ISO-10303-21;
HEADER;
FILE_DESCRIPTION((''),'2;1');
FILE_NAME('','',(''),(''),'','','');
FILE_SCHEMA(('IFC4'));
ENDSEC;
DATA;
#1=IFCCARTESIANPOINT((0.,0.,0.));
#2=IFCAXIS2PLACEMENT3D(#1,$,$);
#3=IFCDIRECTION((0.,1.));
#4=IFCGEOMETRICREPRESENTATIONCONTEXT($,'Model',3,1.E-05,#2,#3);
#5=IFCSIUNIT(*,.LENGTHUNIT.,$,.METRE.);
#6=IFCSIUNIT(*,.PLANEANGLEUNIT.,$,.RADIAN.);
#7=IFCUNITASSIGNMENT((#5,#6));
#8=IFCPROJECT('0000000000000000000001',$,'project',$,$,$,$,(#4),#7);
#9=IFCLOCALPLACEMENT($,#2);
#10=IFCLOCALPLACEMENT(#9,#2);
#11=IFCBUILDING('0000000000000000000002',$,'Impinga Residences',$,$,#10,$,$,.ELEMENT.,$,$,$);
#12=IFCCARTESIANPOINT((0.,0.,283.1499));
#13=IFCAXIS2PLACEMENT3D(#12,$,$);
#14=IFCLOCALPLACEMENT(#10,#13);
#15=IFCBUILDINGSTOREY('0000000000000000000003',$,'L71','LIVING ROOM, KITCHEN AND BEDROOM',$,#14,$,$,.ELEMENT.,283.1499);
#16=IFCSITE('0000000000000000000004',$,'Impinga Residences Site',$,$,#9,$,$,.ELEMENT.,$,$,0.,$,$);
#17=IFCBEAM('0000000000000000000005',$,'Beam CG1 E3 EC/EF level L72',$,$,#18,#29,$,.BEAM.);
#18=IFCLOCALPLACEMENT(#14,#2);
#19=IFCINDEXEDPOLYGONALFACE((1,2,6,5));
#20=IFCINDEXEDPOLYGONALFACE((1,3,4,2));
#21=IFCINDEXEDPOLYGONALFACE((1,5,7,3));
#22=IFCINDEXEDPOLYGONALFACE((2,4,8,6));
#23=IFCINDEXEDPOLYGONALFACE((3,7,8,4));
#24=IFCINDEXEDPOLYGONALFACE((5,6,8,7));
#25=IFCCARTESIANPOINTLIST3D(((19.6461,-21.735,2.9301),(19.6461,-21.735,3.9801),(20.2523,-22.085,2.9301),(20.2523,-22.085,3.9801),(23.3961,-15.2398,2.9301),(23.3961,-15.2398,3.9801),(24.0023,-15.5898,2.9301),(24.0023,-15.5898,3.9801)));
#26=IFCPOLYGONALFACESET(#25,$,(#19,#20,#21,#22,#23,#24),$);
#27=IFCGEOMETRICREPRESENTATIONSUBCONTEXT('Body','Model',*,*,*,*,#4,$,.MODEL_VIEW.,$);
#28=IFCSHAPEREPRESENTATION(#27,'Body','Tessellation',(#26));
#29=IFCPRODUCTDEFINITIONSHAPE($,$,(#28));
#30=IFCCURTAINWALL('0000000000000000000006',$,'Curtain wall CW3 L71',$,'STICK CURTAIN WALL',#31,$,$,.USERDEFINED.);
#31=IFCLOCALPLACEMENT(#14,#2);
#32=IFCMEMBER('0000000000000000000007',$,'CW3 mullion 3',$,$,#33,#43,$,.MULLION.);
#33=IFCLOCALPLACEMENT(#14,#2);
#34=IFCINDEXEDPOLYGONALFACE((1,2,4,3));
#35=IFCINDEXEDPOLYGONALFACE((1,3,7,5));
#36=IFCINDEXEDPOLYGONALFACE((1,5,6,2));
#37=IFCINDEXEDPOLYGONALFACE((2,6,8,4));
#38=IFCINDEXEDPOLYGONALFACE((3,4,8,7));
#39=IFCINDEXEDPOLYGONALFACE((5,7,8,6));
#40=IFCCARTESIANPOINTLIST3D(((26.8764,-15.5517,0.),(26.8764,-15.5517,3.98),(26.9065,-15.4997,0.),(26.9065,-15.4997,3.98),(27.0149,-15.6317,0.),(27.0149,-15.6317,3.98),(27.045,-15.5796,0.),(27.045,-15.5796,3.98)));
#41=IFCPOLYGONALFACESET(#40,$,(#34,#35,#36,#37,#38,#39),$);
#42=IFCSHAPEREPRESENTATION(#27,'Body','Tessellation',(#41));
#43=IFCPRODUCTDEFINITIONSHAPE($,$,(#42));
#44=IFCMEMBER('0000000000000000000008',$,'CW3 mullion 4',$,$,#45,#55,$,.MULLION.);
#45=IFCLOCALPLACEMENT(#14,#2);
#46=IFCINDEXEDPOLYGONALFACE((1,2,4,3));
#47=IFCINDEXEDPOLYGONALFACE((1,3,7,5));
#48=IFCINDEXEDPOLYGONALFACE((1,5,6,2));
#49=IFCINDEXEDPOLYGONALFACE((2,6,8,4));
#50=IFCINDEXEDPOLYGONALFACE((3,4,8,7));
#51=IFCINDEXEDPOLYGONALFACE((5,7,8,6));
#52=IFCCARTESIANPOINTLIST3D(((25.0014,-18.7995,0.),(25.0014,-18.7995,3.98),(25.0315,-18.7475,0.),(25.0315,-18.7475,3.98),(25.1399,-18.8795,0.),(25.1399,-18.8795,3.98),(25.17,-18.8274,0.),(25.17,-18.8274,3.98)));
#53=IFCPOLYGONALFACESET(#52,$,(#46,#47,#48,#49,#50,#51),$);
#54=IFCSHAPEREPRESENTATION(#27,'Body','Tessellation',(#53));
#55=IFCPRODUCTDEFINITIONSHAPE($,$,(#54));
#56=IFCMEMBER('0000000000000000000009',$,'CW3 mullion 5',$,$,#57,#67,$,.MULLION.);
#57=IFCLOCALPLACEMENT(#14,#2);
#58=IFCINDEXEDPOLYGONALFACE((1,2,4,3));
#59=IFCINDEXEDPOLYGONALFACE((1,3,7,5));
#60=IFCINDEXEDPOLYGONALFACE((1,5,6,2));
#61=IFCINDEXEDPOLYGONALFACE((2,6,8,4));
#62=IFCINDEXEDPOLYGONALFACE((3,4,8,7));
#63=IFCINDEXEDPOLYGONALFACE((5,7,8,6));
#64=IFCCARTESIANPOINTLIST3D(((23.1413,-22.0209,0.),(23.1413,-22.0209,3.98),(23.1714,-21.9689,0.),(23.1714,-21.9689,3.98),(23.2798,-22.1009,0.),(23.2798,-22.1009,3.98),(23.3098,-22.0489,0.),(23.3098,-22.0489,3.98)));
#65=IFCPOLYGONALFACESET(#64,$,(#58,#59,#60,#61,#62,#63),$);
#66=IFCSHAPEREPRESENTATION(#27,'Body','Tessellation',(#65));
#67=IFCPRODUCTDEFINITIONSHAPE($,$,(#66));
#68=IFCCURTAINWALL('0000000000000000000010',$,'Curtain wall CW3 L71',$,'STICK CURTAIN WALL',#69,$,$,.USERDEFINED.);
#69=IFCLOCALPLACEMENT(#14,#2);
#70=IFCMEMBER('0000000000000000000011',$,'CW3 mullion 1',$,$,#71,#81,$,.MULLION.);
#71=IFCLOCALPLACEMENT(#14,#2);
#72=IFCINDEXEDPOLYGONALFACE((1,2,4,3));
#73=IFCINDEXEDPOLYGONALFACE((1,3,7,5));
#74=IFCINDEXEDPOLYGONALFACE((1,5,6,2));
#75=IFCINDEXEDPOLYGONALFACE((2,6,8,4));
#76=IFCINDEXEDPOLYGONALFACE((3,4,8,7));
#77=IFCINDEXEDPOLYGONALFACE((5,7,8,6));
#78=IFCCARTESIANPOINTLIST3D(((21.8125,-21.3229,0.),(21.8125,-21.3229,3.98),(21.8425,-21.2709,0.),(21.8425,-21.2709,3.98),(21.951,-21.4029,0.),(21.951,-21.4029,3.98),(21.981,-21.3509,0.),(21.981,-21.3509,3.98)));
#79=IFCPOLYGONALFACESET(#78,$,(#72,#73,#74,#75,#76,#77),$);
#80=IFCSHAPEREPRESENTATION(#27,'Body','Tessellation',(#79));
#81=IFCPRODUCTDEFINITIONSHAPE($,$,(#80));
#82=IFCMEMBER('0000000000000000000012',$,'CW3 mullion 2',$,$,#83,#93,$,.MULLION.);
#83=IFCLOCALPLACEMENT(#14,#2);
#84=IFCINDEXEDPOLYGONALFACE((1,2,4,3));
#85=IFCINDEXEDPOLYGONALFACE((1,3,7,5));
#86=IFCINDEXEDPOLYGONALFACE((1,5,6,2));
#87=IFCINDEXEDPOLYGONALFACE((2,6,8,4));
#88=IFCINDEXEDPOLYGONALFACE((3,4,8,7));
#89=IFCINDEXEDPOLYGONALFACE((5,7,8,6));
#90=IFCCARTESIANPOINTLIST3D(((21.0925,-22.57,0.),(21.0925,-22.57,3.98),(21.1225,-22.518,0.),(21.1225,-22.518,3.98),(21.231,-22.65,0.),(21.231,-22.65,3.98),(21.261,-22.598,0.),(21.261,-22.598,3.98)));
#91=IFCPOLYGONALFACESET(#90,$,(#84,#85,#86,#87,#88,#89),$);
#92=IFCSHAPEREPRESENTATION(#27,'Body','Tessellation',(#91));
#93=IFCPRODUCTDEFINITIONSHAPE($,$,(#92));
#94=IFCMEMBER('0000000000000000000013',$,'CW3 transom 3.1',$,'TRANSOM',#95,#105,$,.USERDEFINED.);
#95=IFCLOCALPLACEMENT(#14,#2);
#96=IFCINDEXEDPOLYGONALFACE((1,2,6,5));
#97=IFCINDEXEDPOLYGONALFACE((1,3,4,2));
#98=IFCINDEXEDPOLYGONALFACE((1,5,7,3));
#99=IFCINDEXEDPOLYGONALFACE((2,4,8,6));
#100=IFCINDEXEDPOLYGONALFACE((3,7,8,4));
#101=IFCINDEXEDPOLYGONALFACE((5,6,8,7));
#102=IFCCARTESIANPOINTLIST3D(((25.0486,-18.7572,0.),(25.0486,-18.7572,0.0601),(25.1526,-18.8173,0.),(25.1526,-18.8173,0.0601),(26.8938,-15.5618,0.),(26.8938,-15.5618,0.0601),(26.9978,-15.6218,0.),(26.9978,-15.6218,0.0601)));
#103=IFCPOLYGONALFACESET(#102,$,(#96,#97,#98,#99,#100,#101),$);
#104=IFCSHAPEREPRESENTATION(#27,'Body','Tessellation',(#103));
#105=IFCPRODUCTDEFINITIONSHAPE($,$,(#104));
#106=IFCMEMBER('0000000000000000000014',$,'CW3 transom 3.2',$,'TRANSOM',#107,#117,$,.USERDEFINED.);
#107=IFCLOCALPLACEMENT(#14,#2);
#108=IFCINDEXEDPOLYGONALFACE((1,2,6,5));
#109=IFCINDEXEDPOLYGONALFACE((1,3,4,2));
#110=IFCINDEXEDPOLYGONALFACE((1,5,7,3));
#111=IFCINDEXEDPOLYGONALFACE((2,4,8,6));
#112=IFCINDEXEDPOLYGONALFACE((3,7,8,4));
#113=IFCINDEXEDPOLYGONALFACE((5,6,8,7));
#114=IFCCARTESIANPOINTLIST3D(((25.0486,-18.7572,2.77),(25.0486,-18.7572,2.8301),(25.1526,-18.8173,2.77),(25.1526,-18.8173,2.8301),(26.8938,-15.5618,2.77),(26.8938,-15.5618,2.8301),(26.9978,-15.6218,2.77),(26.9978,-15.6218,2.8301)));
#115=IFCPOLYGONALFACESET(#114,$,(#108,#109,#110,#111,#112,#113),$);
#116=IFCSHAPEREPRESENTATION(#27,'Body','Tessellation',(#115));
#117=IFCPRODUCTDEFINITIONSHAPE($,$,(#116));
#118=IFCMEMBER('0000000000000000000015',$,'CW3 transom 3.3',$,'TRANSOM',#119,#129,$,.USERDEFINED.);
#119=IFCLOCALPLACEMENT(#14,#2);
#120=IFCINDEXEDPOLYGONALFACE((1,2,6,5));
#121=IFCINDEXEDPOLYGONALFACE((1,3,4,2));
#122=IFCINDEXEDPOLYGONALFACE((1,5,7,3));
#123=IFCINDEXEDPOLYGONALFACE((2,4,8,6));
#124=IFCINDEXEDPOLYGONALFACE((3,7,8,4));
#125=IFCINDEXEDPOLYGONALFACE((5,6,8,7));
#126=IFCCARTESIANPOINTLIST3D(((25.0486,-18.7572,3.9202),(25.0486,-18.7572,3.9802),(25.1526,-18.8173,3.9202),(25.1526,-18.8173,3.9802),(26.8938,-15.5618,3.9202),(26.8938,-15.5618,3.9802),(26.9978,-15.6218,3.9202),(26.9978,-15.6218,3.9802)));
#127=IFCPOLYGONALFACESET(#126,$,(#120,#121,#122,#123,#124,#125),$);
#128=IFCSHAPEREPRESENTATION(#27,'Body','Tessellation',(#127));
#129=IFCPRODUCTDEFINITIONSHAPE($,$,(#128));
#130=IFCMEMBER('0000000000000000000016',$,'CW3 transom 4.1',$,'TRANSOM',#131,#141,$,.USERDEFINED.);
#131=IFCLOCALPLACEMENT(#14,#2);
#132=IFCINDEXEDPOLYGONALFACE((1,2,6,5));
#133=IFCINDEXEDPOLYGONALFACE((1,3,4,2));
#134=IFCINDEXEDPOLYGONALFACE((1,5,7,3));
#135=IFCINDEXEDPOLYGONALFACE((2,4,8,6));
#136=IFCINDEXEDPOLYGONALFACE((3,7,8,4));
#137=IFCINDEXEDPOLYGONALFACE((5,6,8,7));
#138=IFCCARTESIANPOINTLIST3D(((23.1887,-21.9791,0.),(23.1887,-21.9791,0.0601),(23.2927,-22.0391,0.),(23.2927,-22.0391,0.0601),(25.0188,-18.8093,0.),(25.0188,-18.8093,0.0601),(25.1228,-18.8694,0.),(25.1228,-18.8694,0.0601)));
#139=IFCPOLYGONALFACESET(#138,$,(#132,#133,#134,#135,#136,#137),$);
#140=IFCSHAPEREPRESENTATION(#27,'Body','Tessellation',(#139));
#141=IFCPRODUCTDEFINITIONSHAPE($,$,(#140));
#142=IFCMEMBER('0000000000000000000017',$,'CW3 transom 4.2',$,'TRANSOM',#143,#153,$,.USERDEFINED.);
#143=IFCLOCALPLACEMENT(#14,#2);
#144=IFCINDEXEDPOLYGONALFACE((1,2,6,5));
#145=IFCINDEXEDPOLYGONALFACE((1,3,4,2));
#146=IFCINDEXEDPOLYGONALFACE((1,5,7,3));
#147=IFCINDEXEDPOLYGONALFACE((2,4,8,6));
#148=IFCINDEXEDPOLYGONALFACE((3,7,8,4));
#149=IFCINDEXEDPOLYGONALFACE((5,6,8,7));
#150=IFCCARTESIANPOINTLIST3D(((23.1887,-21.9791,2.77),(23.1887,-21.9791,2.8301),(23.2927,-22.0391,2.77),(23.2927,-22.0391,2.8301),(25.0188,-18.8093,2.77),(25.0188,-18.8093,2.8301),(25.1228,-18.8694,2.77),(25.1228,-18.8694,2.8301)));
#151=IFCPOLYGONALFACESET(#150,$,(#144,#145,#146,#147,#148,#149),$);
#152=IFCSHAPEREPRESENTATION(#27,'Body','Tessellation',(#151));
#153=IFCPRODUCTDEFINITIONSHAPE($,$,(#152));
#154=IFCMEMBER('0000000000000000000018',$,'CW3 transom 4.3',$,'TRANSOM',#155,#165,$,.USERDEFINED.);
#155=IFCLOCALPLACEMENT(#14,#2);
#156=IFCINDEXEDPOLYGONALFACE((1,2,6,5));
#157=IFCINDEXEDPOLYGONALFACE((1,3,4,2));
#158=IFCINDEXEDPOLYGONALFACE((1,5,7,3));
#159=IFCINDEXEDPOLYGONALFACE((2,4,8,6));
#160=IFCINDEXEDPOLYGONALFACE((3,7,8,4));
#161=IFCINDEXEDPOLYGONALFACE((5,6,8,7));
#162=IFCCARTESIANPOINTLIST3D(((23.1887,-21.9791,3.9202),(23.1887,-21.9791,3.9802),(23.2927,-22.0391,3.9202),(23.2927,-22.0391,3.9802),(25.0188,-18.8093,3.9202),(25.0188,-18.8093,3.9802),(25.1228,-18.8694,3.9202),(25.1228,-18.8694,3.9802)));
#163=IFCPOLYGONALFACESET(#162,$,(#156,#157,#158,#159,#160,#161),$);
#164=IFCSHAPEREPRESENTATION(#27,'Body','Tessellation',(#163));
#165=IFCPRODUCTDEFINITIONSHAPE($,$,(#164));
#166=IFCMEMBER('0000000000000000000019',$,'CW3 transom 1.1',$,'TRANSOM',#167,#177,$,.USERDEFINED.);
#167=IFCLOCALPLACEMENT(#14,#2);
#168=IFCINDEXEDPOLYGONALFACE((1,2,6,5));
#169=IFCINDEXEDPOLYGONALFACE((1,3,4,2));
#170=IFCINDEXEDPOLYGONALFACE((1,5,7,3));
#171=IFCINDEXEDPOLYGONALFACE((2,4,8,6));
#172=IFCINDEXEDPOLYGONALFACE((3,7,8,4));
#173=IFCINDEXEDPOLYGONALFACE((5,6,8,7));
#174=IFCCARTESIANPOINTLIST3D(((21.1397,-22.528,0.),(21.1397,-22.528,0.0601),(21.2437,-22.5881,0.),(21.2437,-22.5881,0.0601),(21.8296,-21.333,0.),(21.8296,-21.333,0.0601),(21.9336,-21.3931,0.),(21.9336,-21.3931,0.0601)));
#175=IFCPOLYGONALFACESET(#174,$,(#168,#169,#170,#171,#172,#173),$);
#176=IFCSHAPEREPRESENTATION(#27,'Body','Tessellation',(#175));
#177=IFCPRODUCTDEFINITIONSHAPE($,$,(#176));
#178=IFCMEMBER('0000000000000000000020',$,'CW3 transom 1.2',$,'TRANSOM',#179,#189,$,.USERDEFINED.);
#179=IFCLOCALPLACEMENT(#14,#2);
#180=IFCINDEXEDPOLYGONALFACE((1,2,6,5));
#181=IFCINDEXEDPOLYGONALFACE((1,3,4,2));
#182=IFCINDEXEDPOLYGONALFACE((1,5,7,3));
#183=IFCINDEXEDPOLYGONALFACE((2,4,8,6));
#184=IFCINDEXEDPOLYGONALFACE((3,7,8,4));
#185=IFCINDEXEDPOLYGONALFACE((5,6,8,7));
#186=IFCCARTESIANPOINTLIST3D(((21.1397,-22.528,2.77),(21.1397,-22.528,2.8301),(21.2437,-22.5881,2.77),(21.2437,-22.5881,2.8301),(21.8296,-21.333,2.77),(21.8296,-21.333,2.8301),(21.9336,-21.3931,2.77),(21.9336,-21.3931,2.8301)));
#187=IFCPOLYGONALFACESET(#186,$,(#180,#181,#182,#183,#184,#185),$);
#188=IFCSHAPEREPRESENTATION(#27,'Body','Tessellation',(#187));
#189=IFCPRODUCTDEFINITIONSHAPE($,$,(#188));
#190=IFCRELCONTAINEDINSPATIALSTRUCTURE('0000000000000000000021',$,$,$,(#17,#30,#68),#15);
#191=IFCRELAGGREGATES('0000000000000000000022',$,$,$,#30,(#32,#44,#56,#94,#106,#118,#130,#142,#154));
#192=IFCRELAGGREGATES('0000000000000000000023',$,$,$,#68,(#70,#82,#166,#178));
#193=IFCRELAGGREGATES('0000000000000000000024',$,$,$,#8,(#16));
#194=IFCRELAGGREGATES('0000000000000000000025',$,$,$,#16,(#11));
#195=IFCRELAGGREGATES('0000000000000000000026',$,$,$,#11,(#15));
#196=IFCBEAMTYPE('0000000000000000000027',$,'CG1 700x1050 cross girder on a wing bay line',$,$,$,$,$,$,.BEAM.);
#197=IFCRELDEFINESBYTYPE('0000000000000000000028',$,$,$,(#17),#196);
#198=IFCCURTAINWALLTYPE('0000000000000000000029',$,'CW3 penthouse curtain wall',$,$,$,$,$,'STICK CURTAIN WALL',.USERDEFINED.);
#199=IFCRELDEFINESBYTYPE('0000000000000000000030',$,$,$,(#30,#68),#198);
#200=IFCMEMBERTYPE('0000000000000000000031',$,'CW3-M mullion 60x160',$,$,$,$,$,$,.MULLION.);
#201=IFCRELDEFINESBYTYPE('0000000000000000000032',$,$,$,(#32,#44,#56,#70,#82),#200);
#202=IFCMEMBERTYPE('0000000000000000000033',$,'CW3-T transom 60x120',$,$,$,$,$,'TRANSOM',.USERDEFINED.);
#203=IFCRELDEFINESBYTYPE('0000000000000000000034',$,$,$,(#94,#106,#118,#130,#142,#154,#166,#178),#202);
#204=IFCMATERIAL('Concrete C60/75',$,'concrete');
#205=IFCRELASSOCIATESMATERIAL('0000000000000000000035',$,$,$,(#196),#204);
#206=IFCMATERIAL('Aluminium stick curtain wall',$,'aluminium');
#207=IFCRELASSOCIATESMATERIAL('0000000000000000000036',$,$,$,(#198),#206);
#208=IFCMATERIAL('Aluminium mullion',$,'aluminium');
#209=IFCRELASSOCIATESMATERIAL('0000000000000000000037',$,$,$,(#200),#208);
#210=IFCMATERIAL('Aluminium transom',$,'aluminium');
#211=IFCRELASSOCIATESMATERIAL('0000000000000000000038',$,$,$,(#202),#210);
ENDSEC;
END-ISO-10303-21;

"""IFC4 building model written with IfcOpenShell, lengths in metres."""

from ifc_helpers import new_model, si_unit, direction, frame, origin, origin_2d, place, context, subcontext, project, spatial, rectangle, extrude, material, material_profile, profile_set, type_object, element, aggregate, save


model = new_model("IFC4")

# Units and contexts
model_context = context("Model", 3, precision=1e-05, world=origin(), true_north=direction((0.0, 1.0)))
body_context = subcontext(model_context, "Body", "Model", "MODEL_VIEW")
ifc_project = project(units=[si_unit("LENGTHUNIT", "METRE"), si_unit("PLANEANGLEUNIT", "RADIAN")], contexts=[model_context])

# Site, building, storey
site_placement = place(None, origin())
site = spatial("IfcSite", under=ifc_project, at=site_placement, Name="Impinga Residences Site", CompositionType="ELEMENT", RefElevation=0.0)
building_placement = place(site_placement, origin())
building = spatial("IfcBuilding", under=site, at=building_placement, Name="Impinga Residences", CompositionType="ELEMENT")
storey_placement = place(building_placement, frame((0.0, 0.0, 283.1499)))
storey = spatial("IfcBuildingStorey", under=building, at=storey_placement, Name="L71", Description="LIVING ROOM, KITCHEN AND BEDROOM", CompositionType="ELEMENT", Elevation=283.1499)

# Beam
ifc_material_1 = material(Name="Concrete C60/75", Category="concrete")
ifc_material_profile_1 = material_profile(ifc_material_1, rectangle(XDim=0.7, YDim=1.05, at=origin_2d()), Name="RC 700x1050")
ifc_profile_set_1 = profile_set([ifc_material_profile_1], Name="Concrete C60/75")
beam_type_1 = type_object("IfcBeamType", Name="CG1 700x1050 cross girder on a wing bay line", PredefinedType="BEAM", material=ifc_profile_set_1)
beam_1_placement = place(storey_placement, frame((23.6992, -15.4148, 3.4551), z_axis=(-0.500004, -0.866023, 0.0), x_axis=(0.866023, -0.500004, 0.0)))
element("IfcBeam", 1, at=beam_1_placement, inside=storey, type_object=beam_type_1, Name="Beam CG1 E3 EC/EF level L72", PredefinedType="BEAM", context=body_context, shape_type="SweptSolid", body=[
    extrude(rectangle(XDim=0.7, YDim=1.05, at=origin_2d()), origin(), (0.0, 0.0, 1.0), 7.5),
])

# Curtain walls, members
ifc_material_2 = material(Name="Aluminium stick curtain wall", Category="aluminium")
curtain_wall_type = type_object("IfcCurtainWallType", Name="CW3 penthouse curtain wall", ElementType="STICK CURTAIN WALL", PredefinedType="USERDEFINED", material=ifc_material_2)
curtain_wall_1_placement = place(storey_placement, origin())
curtain_wall_1 = element("IfcCurtainWall", 2, at=curtain_wall_1_placement, inside=storey, type_object=curtain_wall_type, Name="Curtain wall CW3 L71", ObjectType="STICK CURTAIN WALL", PredefinedType="USERDEFINED")
ifc_material_3 = material(Name="Aluminium mullion", Category="aluminium")
ifc_material_profile_2 = material_profile(ifc_material_3, rectangle(XDim=0.0601, YDim=0.1599, at=origin_2d()), Name="60x160 mullion")
ifc_profile_set_2 = profile_set([ifc_material_profile_2], Name="Aluminium mullion")
member_type_1 = type_object("IfcMemberType", Name="CW3-M mullion 60x160", PredefinedType="MULLION", material=ifc_profile_set_2)
member_1_placement = place(storey_placement, frame((26.9607, -15.5657, 0.0), z_axis=(0.0, 0.0, 1.0), x_axis=(-0.5, -0.866025, 0.0)))
member_1 = element("IfcMember", 3, at=member_1_placement, type_object=member_type_1, Name="CW3 mullion 3", PredefinedType="MULLION", context=body_context, shape_type="SweptSolid", body=[
    extrude(rectangle(XDim=0.0601, YDim=0.1599, at=origin_2d()), origin(), (0.0, 0.0, 1.0), 3.98),
])
member_2_placement = place(storey_placement, frame((25.0857, -18.8135, 0.0), z_axis=(0.0, 0.0, 1.0), x_axis=(-0.5, -0.866025, 0.0)))
member_2 = element("IfcMember", 4, at=member_2_placement, type_object=member_type_1, Name="CW3 mullion 4", PredefinedType="MULLION", context=body_context, shape_type="SweptSolid", body=[
    extrude(rectangle(XDim=0.0601, YDim=0.1599, at=origin_2d()), origin(), (0.0, 0.0, 1.0), 3.98),
])
member_3_placement = place(storey_placement, frame((23.2256, -22.0349, 0.0), z_axis=(0.0, 0.0, 1.0), x_axis=(-0.5, -0.866025, 0.0)))
member_3 = element("IfcMember", 5, at=member_3_placement, type_object=member_type_1, Name="CW3 mullion 5", PredefinedType="MULLION", context=body_context, shape_type="SweptSolid", body=[
    extrude(rectangle(XDim=0.0601, YDim=0.1599, at=origin_2d()), origin(), (0.0, 0.0, 1.0), 3.98),
])
curtain_wall_2_placement = place(storey_placement, origin())
curtain_wall_2 = element("IfcCurtainWall", 6, at=curtain_wall_2_placement, inside=storey, type_object=curtain_wall_type, Name="Curtain wall CW3 L71", ObjectType="STICK CURTAIN WALL", PredefinedType="USERDEFINED")
member_4_placement = place(storey_placement, frame((21.8967, -21.3369, 0.0), z_axis=(0.0, 0.0, 1.0), x_axis=(-0.5, -0.866025, 0.0)))
member_4 = element("IfcMember", 7, at=member_4_placement, type_object=member_type_1, Name="CW3 mullion 1", PredefinedType="MULLION", context=body_context, shape_type="SweptSolid", body=[
    extrude(rectangle(XDim=0.0601, YDim=0.1599, at=origin_2d()), origin(), (0.0, 0.0, 1.0), 3.98),
])
member_5_placement = place(storey_placement, frame((21.1768, -22.584, 0.0), z_axis=(0.0, 0.0, 1.0), x_axis=(-0.5, -0.866025, 0.0)))
member_5 = element("IfcMember", 8, at=member_5_placement, type_object=member_type_1, Name="CW3 mullion 2", PredefinedType="MULLION", context=body_context, shape_type="SweptSolid", body=[
    extrude(rectangle(XDim=0.0601, YDim=0.1599, at=origin_2d()), origin(), (0.0, 0.0, 1.0), 3.98),
])

# Members
ifc_material_4 = material(Name="Aluminium transom", Category="aluminium")
ifc_material_profile_3 = material_profile(ifc_material_4, rectangle(XDim=0.0601, YDim=0.1201, at=origin_2d()), Name="60x120 transom")
ifc_profile_set_3 = profile_set([ifc_material_profile_3], Name="Aluminium transom")
member_type_2 = type_object("IfcMemberType", Name="CW3-T transom 60x120", ElementType="TRANSOM", PredefinedType="USERDEFINED", material=ifc_profile_set_3)
member_6_placement = place(storey_placement, frame((26.9458, -15.5918, 0.03), z_axis=(-0.500053, -0.865995, 0.0), x_axis=(0.0, 0.0, 1.0)))
member_6 = element("IfcMember", 9, at=member_6_placement, type_object=member_type_2, Name="CW3 transom 3.1", ObjectType="TRANSOM", PredefinedType="USERDEFINED", context=body_context, shape_type="SweptSolid", body=[
    extrude(rectangle(XDim=0.0601, YDim=0.1201, at=origin_2d()), origin(), (0.0, 0.0, 1.0), 3.6899),
])
member_7_placement = place(storey_placement, frame((26.9458, -15.5918, 2.8), z_axis=(-0.500053, -0.865995, 0.0), x_axis=(0.0, 0.0, 1.0)))
member_7 = element("IfcMember", 10, at=member_7_placement, type_object=member_type_2, Name="CW3 transom 3.2", ObjectType="TRANSOM", PredefinedType="USERDEFINED", context=body_context, shape_type="SweptSolid", body=[
    extrude(rectangle(XDim=0.0601, YDim=0.1201, at=origin_2d()), origin(), (0.0, 0.0, 1.0), 3.6899),
])
member_8_placement = place(storey_placement, frame((26.9458, -15.5918, 3.9502), z_axis=(-0.500053, -0.865995, 0.0), x_axis=(0.0, 0.0, 1.0)))
member_8 = element("IfcMember", 11, at=member_8_placement, type_object=member_type_2, Name="CW3 transom 3.3", ObjectType="TRANSOM", PredefinedType="USERDEFINED", context=body_context, shape_type="SweptSolid", body=[
    extrude(rectangle(XDim=0.0601, YDim=0.1201, at=origin_2d()), origin(), (0.0, 0.0, 1.0), 3.6899),
])
member_9_placement = place(storey_placement, frame((25.0708, -18.8394, 0.03), z_axis=(-0.500013, -0.866018, 0.0), x_axis=(0.0, 0.0, 1.0)))
member_9 = element("IfcMember", 12, at=member_9_placement, type_object=member_type_2, Name="CW3 transom 4.1", ObjectType="TRANSOM", PredefinedType="USERDEFINED", context=body_context, shape_type="SweptSolid", body=[
    extrude(rectangle(XDim=0.0601, YDim=0.1201, at=origin_2d()), origin(), (0.0, 0.0, 1.0), 3.6602),
])
member_10_placement = place(storey_placement, frame((25.0708, -18.8394, 2.8), z_axis=(-0.500013, -0.866018, 0.0), x_axis=(0.0, 0.0, 1.0)))
member_10 = element("IfcMember", 13, at=member_10_placement, type_object=member_type_2, Name="CW3 transom 4.2", ObjectType="TRANSOM", PredefinedType="USERDEFINED", context=body_context, shape_type="SweptSolid", body=[
    extrude(rectangle(XDim=0.0601, YDim=0.1201, at=origin_2d()), origin(), (0.0, 0.0, 1.0), 3.6602),
])
member_11_placement = place(storey_placement, frame((25.0708, -18.8394, 3.9502), z_axis=(-0.500013, -0.866018, 0.0), x_axis=(0.0, 0.0, 1.0)))
member_11 = element("IfcMember", 14, at=member_11_placement, type_object=member_type_2, Name="CW3 transom 4.3", ObjectType="TRANSOM", PredefinedType="USERDEFINED", context=body_context, shape_type="SweptSolid", body=[
    extrude(rectangle(XDim=0.0601, YDim=0.1201, at=origin_2d()), origin(), (0.0, 0.0, 1.0), 3.6602),
])
member_12_placement = place(storey_placement, frame((21.8816, -21.363, 0.03), z_axis=(-0.499983, -0.866035, 0.0), x_axis=(0.0, 0.0, 1.0)))
member_12 = element("IfcMember", 15, at=member_12_placement, type_object=member_type_2, Name="CW3 transom 1.1", ObjectType="TRANSOM", PredefinedType="USERDEFINED", context=body_context, shape_type="SweptSolid", body=[
    extrude(rectangle(XDim=0.0601, YDim=0.1201, at=origin_2d()), origin(), (0.0, 0.0, 1.0), 1.3799),
])
member_13_placement = place(storey_placement, frame((21.8816, -21.363, 2.8), z_axis=(-0.499983, -0.866035, 0.0), x_axis=(0.0, 0.0, 1.0)))
member_13 = element("IfcMember", 16, at=member_13_placement, type_object=member_type_2, Name="CW3 transom 1.2", ObjectType="TRANSOM", PredefinedType="USERDEFINED", context=body_context, shape_type="SweptSolid", body=[
    extrude(rectangle(XDim=0.0601, YDim=0.1201, at=origin_2d()), origin(), (0.0, 0.0, 1.0), 1.3799),
])

aggregate(curtain_wall_1, [member_1, member_2, member_3, member_6, member_7, member_8, member_9, member_10, member_11])
aggregate(curtain_wall_2, [member_4, member_5, member_12, member_13])

save(model, "model.ifc")
